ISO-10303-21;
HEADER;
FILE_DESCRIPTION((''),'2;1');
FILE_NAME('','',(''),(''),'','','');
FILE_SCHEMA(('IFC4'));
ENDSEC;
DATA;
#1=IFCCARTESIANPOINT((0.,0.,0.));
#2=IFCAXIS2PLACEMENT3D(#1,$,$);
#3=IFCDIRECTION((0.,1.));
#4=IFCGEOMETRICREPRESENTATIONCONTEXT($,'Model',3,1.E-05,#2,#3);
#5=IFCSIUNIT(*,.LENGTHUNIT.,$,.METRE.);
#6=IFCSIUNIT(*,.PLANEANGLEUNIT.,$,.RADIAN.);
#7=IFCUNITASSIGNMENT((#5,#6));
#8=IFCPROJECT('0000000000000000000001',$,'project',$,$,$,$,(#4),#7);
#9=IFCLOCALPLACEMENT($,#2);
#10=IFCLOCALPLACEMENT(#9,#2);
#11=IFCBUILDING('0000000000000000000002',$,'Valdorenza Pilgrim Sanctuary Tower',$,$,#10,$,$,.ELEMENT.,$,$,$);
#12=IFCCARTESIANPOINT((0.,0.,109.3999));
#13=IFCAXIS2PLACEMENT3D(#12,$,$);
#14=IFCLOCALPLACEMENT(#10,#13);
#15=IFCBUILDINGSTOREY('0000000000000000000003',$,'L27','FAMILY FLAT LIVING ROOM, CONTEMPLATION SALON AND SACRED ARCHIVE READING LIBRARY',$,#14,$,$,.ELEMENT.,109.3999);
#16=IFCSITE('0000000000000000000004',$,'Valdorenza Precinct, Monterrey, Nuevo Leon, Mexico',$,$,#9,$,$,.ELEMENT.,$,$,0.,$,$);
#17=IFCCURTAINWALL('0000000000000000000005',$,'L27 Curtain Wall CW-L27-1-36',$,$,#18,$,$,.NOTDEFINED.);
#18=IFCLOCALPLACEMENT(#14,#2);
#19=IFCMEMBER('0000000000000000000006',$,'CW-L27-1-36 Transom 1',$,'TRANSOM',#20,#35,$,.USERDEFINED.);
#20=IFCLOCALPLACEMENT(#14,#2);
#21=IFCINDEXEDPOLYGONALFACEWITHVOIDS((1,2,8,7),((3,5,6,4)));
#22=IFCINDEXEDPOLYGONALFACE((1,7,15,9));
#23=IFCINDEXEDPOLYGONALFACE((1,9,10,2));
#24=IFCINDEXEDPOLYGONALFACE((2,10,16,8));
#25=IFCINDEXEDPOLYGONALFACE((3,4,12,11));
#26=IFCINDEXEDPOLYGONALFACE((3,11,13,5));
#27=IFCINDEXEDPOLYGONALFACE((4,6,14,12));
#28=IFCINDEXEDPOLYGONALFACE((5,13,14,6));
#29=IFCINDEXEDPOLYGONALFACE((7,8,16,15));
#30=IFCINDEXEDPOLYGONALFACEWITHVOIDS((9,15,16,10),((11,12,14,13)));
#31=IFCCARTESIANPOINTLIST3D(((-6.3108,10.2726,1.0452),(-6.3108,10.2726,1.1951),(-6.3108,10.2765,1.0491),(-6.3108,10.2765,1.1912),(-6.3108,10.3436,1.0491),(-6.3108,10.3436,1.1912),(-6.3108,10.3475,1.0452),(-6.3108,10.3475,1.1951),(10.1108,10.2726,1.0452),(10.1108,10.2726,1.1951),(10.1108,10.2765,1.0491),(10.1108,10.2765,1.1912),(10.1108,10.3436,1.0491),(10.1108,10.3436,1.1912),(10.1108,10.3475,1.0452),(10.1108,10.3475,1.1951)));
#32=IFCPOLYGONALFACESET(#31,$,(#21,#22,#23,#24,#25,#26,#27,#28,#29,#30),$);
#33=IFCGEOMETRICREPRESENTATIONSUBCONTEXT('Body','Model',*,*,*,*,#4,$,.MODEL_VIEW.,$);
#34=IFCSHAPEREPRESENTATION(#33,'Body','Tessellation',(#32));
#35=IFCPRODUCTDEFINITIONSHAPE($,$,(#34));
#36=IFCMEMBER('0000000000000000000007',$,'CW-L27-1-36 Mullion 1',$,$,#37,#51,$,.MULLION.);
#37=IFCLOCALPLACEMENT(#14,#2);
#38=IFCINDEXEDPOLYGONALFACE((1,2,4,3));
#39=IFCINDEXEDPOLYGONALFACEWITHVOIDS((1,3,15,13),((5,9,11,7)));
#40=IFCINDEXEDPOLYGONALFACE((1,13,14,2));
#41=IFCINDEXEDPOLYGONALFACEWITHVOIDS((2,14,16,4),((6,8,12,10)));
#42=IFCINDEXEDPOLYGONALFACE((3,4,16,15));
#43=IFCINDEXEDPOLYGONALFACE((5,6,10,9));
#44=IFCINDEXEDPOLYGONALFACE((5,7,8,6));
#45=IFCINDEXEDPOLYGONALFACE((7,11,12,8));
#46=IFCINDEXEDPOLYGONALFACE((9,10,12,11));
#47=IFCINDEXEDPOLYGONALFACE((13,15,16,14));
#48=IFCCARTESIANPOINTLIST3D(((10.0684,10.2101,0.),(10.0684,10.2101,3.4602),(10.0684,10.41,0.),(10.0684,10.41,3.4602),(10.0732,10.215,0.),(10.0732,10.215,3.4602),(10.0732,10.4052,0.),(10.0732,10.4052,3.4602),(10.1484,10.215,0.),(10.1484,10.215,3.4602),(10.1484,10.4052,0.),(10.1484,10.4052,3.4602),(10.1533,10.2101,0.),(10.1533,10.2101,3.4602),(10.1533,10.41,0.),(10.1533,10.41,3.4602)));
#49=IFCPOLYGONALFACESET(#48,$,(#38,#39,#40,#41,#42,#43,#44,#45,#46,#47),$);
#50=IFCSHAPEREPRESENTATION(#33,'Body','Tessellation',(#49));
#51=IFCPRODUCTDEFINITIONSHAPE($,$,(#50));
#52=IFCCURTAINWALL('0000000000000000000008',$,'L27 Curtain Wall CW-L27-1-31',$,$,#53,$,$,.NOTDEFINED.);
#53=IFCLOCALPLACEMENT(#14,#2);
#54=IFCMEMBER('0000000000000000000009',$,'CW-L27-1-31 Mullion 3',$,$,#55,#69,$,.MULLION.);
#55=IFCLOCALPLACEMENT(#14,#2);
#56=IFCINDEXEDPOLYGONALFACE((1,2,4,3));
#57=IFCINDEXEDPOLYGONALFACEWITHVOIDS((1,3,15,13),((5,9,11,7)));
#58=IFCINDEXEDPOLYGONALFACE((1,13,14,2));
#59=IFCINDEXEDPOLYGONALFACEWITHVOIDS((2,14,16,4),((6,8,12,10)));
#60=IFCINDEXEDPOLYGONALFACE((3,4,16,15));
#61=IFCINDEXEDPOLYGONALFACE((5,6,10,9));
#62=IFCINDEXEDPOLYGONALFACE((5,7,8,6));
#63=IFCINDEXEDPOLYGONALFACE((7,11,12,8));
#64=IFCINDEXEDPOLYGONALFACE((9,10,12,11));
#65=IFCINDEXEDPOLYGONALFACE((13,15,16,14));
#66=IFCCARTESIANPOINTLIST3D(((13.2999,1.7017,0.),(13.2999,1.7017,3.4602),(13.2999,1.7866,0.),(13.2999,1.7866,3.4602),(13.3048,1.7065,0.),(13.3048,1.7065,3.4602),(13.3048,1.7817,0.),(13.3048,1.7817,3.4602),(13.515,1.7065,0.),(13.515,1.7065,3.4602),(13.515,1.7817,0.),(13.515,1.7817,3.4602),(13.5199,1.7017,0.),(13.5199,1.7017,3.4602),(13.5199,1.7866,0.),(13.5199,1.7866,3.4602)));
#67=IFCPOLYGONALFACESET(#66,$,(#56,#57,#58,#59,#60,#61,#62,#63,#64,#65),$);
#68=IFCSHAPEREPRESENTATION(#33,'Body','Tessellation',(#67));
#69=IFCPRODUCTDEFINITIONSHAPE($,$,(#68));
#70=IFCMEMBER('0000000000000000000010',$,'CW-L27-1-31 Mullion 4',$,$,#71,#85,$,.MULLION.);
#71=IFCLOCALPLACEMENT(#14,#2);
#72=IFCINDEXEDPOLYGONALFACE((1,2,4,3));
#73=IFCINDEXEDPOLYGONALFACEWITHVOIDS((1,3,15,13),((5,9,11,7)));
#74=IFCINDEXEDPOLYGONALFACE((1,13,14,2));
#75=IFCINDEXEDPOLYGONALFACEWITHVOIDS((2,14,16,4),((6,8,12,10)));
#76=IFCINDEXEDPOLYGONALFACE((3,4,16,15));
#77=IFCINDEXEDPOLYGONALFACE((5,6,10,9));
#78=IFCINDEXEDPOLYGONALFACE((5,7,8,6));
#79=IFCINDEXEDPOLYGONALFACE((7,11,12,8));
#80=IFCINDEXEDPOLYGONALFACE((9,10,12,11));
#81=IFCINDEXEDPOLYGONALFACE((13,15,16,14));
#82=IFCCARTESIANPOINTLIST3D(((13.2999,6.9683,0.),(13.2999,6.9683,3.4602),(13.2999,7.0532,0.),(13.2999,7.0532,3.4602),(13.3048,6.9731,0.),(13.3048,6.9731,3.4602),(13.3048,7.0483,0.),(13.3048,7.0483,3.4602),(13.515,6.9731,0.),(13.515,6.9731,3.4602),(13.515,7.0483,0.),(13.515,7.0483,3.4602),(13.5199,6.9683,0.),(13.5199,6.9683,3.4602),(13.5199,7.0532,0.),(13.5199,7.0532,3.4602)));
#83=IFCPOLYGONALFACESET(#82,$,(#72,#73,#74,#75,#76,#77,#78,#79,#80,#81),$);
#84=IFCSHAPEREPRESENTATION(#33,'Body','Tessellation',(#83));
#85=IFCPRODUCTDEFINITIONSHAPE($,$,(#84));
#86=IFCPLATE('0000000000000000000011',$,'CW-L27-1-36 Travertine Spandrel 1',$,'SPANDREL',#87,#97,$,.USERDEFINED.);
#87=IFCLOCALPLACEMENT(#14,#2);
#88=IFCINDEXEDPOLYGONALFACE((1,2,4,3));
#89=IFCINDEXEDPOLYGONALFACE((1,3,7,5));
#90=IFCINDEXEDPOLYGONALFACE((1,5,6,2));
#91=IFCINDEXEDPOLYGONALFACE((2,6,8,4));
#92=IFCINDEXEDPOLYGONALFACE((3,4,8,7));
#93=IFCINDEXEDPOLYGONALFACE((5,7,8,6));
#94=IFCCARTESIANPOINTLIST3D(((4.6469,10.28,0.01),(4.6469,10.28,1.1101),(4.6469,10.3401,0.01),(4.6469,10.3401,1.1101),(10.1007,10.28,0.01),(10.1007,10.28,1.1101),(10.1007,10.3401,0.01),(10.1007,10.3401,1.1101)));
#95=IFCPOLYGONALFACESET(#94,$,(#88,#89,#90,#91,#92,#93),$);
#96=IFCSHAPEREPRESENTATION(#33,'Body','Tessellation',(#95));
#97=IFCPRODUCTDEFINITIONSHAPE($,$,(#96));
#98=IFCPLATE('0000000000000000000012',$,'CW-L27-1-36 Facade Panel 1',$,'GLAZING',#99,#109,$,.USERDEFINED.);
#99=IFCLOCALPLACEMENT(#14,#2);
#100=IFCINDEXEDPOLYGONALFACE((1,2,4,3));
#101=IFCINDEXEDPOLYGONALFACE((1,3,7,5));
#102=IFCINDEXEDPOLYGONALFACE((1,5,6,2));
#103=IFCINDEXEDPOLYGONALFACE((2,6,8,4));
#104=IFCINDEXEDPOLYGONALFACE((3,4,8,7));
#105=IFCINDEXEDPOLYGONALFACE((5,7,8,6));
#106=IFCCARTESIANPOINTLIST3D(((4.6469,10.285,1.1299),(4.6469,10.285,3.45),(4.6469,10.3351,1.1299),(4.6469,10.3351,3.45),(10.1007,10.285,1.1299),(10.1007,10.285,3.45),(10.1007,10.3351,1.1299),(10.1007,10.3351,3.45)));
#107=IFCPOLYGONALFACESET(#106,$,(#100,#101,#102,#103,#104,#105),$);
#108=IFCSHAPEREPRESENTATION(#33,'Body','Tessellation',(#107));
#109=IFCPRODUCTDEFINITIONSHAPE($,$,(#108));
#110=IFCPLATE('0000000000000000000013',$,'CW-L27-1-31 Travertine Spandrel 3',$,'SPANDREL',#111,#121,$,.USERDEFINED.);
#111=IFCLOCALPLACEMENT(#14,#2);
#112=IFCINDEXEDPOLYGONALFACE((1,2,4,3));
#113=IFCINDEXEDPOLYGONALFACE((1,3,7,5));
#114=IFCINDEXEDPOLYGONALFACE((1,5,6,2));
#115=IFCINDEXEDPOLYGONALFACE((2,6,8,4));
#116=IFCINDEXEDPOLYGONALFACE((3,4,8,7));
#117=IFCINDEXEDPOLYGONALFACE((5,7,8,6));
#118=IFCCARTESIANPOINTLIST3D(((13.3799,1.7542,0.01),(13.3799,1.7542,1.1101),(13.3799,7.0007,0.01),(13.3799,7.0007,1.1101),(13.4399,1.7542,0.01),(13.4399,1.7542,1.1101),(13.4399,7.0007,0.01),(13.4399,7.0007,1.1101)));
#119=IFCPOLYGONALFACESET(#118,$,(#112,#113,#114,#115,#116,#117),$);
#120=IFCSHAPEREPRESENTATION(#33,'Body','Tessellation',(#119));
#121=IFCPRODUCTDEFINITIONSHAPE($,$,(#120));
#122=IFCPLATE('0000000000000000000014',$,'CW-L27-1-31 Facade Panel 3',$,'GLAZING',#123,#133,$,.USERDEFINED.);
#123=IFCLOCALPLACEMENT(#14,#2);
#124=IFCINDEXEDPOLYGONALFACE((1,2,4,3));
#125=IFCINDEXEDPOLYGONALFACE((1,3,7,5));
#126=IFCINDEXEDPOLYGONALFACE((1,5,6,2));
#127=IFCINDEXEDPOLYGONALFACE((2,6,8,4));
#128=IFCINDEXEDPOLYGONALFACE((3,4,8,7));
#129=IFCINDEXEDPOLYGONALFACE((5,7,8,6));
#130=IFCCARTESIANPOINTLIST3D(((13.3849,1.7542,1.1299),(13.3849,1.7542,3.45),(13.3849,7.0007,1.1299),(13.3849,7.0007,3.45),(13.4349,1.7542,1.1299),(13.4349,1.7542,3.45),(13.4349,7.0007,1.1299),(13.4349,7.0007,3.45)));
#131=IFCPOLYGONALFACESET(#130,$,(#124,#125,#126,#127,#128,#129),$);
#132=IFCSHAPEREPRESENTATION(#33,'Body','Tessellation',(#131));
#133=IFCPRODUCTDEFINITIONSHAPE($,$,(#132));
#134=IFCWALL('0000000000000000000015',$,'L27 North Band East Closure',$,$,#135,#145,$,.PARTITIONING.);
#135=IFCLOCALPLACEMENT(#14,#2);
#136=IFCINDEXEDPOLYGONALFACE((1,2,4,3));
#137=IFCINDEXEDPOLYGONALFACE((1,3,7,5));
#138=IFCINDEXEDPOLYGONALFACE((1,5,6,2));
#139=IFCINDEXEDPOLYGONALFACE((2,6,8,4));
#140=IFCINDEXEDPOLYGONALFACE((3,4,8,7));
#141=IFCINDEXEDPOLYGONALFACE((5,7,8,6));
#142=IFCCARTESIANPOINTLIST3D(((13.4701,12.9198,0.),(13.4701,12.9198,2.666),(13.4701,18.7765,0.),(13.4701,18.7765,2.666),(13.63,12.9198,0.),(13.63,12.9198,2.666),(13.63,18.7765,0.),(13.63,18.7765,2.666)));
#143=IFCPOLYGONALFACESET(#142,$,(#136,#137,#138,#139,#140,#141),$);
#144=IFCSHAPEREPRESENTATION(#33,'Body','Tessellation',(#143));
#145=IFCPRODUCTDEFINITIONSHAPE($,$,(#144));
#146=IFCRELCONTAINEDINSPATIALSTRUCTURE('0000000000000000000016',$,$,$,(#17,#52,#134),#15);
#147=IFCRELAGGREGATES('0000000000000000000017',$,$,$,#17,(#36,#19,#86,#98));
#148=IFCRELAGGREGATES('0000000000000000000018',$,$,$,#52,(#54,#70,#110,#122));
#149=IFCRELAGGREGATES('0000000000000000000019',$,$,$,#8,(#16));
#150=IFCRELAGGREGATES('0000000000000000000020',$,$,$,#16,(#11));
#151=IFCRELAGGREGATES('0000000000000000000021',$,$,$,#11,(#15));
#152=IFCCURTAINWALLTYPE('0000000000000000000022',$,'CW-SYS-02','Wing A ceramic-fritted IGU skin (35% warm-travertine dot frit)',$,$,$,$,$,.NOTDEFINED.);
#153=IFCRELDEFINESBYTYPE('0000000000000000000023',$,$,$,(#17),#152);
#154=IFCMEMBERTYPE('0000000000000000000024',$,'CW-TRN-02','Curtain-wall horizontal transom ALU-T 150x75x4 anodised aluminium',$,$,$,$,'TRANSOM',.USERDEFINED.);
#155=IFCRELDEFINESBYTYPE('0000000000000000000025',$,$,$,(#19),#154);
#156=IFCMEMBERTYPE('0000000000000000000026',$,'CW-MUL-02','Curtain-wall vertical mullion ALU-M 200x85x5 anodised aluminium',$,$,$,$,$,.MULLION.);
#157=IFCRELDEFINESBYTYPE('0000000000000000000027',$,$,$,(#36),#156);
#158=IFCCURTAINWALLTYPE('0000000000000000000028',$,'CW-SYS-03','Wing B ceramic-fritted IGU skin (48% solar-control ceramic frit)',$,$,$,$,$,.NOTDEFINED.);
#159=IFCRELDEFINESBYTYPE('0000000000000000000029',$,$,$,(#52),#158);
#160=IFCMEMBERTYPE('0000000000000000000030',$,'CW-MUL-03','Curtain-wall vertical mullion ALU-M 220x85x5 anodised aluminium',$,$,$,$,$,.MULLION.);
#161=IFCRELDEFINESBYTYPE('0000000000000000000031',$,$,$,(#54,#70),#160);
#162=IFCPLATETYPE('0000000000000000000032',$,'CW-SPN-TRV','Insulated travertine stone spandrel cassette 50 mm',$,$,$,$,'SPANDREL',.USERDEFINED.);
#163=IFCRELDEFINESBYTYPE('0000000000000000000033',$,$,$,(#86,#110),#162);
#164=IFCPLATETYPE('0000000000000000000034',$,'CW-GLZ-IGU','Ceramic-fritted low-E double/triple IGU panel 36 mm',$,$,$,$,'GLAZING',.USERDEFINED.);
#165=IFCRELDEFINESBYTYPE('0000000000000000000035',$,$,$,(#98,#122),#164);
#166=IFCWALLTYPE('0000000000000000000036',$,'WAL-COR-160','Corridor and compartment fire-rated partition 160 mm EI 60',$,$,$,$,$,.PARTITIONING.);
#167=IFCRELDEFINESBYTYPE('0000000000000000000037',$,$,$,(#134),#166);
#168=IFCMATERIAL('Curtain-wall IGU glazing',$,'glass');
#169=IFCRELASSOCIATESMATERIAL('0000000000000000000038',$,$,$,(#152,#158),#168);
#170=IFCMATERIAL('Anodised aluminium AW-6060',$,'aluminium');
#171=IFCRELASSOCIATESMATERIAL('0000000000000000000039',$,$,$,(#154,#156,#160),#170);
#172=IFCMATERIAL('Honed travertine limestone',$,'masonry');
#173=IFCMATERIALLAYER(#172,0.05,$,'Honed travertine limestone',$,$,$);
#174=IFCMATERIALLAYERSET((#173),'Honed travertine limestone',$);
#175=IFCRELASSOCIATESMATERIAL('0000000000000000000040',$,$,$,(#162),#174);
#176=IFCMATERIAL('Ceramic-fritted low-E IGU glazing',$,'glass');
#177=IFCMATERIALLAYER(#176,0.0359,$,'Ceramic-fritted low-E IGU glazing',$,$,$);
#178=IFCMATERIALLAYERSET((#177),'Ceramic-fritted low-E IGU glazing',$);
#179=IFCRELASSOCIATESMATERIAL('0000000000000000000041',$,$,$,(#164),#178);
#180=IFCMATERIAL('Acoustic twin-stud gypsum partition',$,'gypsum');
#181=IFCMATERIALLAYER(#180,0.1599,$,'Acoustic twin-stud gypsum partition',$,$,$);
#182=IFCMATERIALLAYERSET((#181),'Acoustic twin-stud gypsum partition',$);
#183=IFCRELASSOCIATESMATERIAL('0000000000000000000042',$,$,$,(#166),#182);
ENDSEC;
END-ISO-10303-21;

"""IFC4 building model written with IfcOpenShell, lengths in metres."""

from ifc_helpers import new_model, si_unit, direction, frame, frame_2d, origin, origin_2d, place, context, subcontext, project, spatial, rectangle, hollow_rectangle, extrude, source, transform, mapped, material, layer, layer_set, material_profile, profile_set, type_object, element, aggregate, save


model = new_model("IFC4")

# Units and contexts
model_context = context("Model", 3, precision=1e-05, world=origin(), true_north=direction((0.0, 1.0)))
body_context = subcontext(model_context, "Body", "Model", "MODEL_VIEW")
ifc_project = project(units=[si_unit("LENGTHUNIT", "METRE"), si_unit("PLANEANGLEUNIT", "RADIAN")], contexts=[model_context])

# Site, building, storey
site_placement = place(None, origin())
site = spatial("IfcSite", under=ifc_project, at=site_placement, Name="Valdorenza Precinct, Monterrey, Nuevo Leon, Mexico", CompositionType="ELEMENT", RefElevation=0.0)
building_placement = place(site_placement, origin())
building = spatial("IfcBuilding", under=site, at=building_placement, Name="Valdorenza Pilgrim Sanctuary Tower", CompositionType="ELEMENT")
storey_placement = place(building_placement, frame((0.0, 0.0, 109.3999)))
storey = spatial("IfcBuildingStorey", under=building, at=storey_placement, Name="L27", Description="FAMILY FLAT LIVING ROOM, CONTEMPLATION SALON AND SACRED ARCHIVE READING LIBRARY", CompositionType="ELEMENT", Elevation=109.3999)

# Curtain walls, members
ifc_material_1 = material(Name="Curtain-wall IGU glazing", Category="glass")
curtain_wall_type_1 = type_object("IfcCurtainWallType", Name="CW-SYS-02", Description="Wing A ceramic-fritted IGU skin (35% warm-travertine dot frit)", PredefinedType="NOTDEFINED", material=ifc_material_1)
curtain_wall_1_placement = place(storey_placement, origin())
curtain_wall_1 = element("IfcCurtainWall", 1, at=curtain_wall_1_placement, inside=storey, type_object=curtain_wall_type_1, Name="L27 Curtain Wall CW-L27-1-36", PredefinedType="NOTDEFINED")
ifc_material_2 = material(Name="Anodised aluminium AW-6060", Category="aluminium")
ifc_material_profile_1 = material_profile(ifc_material_2, hollow_rectangle(XDim=0.075, YDim=0.1499, WallThickness=0.0039, at=origin_2d()), Name="ALU-T 150x75x4")
ifc_profile_set_1 = profile_set([ifc_material_profile_1], Name="Anodised aluminium AW-6060")
member_type_1 = type_object("IfcMemberType", Name="CW-TRN-02", Description="Curtain-wall horizontal transom ALU-T 150x75x4 anodised aluminium", ElementType="TRANSOM", PredefinedType="USERDEFINED", material=ifc_profile_set_1)
shared_shape_1 = source(origin(), body_context, "Body", "SweptSolid", [
    extrude(hollow_rectangle(XDim=0.075, YDim=0.1499, WallThickness=0.0039, at=origin_2d()), origin(), (0.0, 0.0, 1.0), 16.4216),
])
member_1_placement = place(storey_placement, frame((10.1108, 10.3101, 1.1201), z_axis=(-1.0, 0.0, 0.0), x_axis=(0.0, -1.0, 0.0)))
member_1 = element("IfcMember", 2, at=member_1_placement, type_object=member_type_1, Name="CW-L27-1-36 Transom 1", ObjectType="TRANSOM", PredefinedType="USERDEFINED", context=body_context, shape_type="MappedRepresentation", body=[
    mapped(shared_shape_1, transform((0.0, 0.0, 0.0), x_axis=(1.0, 0.0, 0.0), y_axis=(0.0, 1.0, 0.0), z_axis=(0.0, 0.0, 1.0), scale=1.0)),
])
ifc_material_profile_2 = material_profile(ifc_material_2, hollow_rectangle(XDim=0.085, YDim=0.2, WallThickness=0.0049, at=origin_2d()), Name="ALU-M 200x85x5")
ifc_profile_set_2 = profile_set([ifc_material_profile_2], Name="Anodised aluminium AW-6060")
member_type_2 = type_object("IfcMemberType", Name="CW-MUL-02", Description="Curtain-wall vertical mullion ALU-M 200x85x5 anodised aluminium", PredefinedType="MULLION", material=ifc_profile_set_2)
shared_shape_2 = source(origin(), body_context, "Body", "SweptSolid", [
    extrude(hollow_rectangle(XDim=0.085, YDim=0.2, WallThickness=0.0049, at=origin_2d()), origin(), (0.0, 0.0, 1.0), 3.4602),
])
member_2_placement = place(storey_placement, frame((10.1108, 10.3101, 0.0), z_axis=(0.0, 0.0, 1.0), x_axis=(-1.0, 0.0, 0.0)))
member_2 = element("IfcMember", 3, at=member_2_placement, type_object=member_type_2, Name="CW-L27-1-36 Mullion 1", PredefinedType="MULLION", context=body_context, shape_type="MappedRepresentation", body=[
    mapped(shared_shape_2, transform((0.0, 0.0, 0.0), x_axis=(1.0, 0.0, 0.0), y_axis=(0.0, 1.0, 0.0), z_axis=(0.0, 0.0, 1.0), scale=1.0)),
])
curtain_wall_type_2 = type_object("IfcCurtainWallType", Name="CW-SYS-03", Description="Wing B ceramic-fritted IGU skin (48% solar-control ceramic frit)", PredefinedType="NOTDEFINED", material=ifc_material_1)
curtain_wall_2_placement = place(storey_placement, origin())
curtain_wall_2 = element("IfcCurtainWall", 4, at=curtain_wall_2_placement, inside=storey, type_object=curtain_wall_type_2, Name="L27 Curtain Wall CW-L27-1-31", PredefinedType="NOTDEFINED")
ifc_material_profile_3 = material_profile(ifc_material_2, hollow_rectangle(XDim=0.085, YDim=0.22, WallThickness=0.0049, at=origin_2d()), Name="ALU-M 220x85x5")
ifc_profile_set_3 = profile_set([ifc_material_profile_3], Name="Anodised aluminium AW-6060")
member_type_3 = type_object("IfcMemberType", Name="CW-MUL-03", Description="Curtain-wall vertical mullion ALU-M 220x85x5 anodised aluminium", PredefinedType="MULLION", material=ifc_profile_set_3)
shared_shape_3 = source(origin(), body_context, "Body", "SweptSolid", [
    extrude(hollow_rectangle(XDim=0.085, YDim=0.22, WallThickness=0.0049, at=origin_2d()), origin(), (0.0, 0.0, 1.0), 3.4602),
])
member_3_placement = place(storey_placement, frame((13.4099, 1.7441, 0.0), z_axis=(0.0, 0.0, 1.0), x_axis=(0.0, 1.0, 0.0)))
member_3 = element("IfcMember", 5, at=member_3_placement, type_object=member_type_3, Name="CW-L27-1-31 Mullion 3", PredefinedType="MULLION", context=body_context, shape_type="MappedRepresentation", body=[
    mapped(shared_shape_3, transform((0.0, 0.0, 0.0), x_axis=(1.0, 0.0, 0.0), y_axis=(0.0, 1.0, 0.0), z_axis=(0.0, 0.0, 1.0), scale=1.0)),
])
member_4_placement = place(storey_placement, frame((13.4099, 7.0107, 0.0), z_axis=(0.0, 0.0, 1.0), x_axis=(0.0, 1.0, 0.0)))
member_4 = element("IfcMember", 6, at=member_4_placement, type_object=member_type_3, Name="CW-L27-1-31 Mullion 4", PredefinedType="MULLION", context=body_context, shape_type="MappedRepresentation", body=[
    mapped(shared_shape_3, transform((0.0, 0.0, 0.0), x_axis=(1.0, 0.0, 0.0), y_axis=(0.0, 1.0, 0.0), z_axis=(0.0, 0.0, 1.0), scale=1.0)),
])

# Plates
ifc_material_3 = material(Name="Honed travertine limestone", Category="masonry")
ifc_layer_1 = layer(ifc_material_3, 0.05, Name="Honed travertine limestone")
ifc_layer_set_1 = layer_set([ifc_layer_1], Name="Honed travertine limestone")
plate_type_1 = type_object("IfcPlateType", Name="CW-SPN-TRV", Description="Insulated travertine stone spandrel cassette 50 mm", ElementType="SPANDREL", PredefinedType="USERDEFINED", material=ifc_layer_set_1)
shared_shape_4 = source(origin(), body_context, "Body", "SweptSolid", [
    extrude(rectangle(XDim=5.4539, YDim=0.0601, at=origin_2d()), origin(), (0.0, 0.0, 1.0), 1.1001),
])
plate_1_placement = place(storey_placement, frame((7.3738, 10.3101, 0.01), z_axis=(0.0, 0.0, 1.0), x_axis=(-1.0, 0.0, 0.0)))
plate_1 = element("IfcPlate", 7, at=plate_1_placement, type_object=plate_type_1, Name="CW-L27-1-36 Travertine Spandrel 1", ObjectType="SPANDREL", PredefinedType="USERDEFINED", context=body_context, shape_type="MappedRepresentation", body=[
    mapped(shared_shape_4, transform((0.0, 0.0, 0.0), x_axis=(1.0, 0.0, 0.0), y_axis=(0.0, 1.0, 0.0), z_axis=(0.0, 0.0, 1.0), scale=1.0)),
])
ifc_material_4 = material(Name="Ceramic-fritted low-E IGU glazing", Category="glass")
ifc_layer_2 = layer(ifc_material_4, 0.0359, Name="Ceramic-fritted low-E IGU glazing")
ifc_layer_set_2 = layer_set([ifc_layer_2], Name="Ceramic-fritted low-E IGU glazing")
plate_type_2 = type_object("IfcPlateType", Name="CW-GLZ-IGU", Description="Ceramic-fritted low-E double/triple IGU panel 36 mm", ElementType="GLAZING", PredefinedType="USERDEFINED", material=ifc_layer_set_2)
shared_shape_5 = source(origin(), body_context, "Body", "SweptSolid", [
    extrude(rectangle(XDim=5.4539, YDim=0.05, at=origin_2d()), origin(), (0.0, 0.0, 1.0), 2.3201),
])
plate_2_placement = place(storey_placement, frame((7.3738, 10.3101, 1.1299), z_axis=(0.0, 0.0, 1.0), x_axis=(-1.0, 0.0, 0.0)))
plate_2 = element("IfcPlate", 8, at=plate_2_placement, type_object=plate_type_2, Name="CW-L27-1-36 Facade Panel 1", ObjectType="GLAZING", PredefinedType="USERDEFINED", context=body_context, shape_type="MappedRepresentation", body=[
    mapped(shared_shape_5, transform((0.0, 0.0, 0.0), x_axis=(1.0, 0.0, 0.0), y_axis=(0.0, 1.0, 0.0), z_axis=(0.0, 0.0, 1.0), scale=1.0)),
])
aggregate(curtain_wall_1, [member_2, member_1, plate_1, plate_2])
shared_shape_6 = source(origin(), body_context, "Body", "SweptSolid", [
    extrude(rectangle(XDim=5.2466, YDim=0.0601, at=origin_2d()), origin(), (0.0, 0.0, 1.0), 1.1001),
])
plate_3_placement = place(storey_placement, frame((13.4099, 4.3774, 0.01), z_axis=(0.0, 0.0, 1.0), x_axis=(0.0, 1.0, 0.0)))
plate_3 = element("IfcPlate", 9, at=plate_3_placement, type_object=plate_type_1, Name="CW-L27-1-31 Travertine Spandrel 3", ObjectType="SPANDREL", PredefinedType="USERDEFINED", context=body_context, shape_type="MappedRepresentation", body=[
    mapped(shared_shape_6, transform((0.0, 0.0, 0.0), x_axis=(1.0, 0.0, 0.0), y_axis=(0.0, 1.0, 0.0), z_axis=(0.0, 0.0, 1.0), scale=1.0)),
])
shared_shape_7 = source(origin(), body_context, "Body", "SweptSolid", [
    extrude(rectangle(XDim=5.2466, YDim=0.05, at=origin_2d()), origin(), (0.0, 0.0, 1.0), 2.3201),
])
plate_4_placement = place(storey_placement, frame((13.4099, 4.3774, 1.1299), z_axis=(0.0, 0.0, 1.0), x_axis=(0.0, 1.0, 0.0)))
plate_4 = element("IfcPlate", 10, at=plate_4_placement, type_object=plate_type_2, Name="CW-L27-1-31 Facade Panel 3", ObjectType="GLAZING", PredefinedType="USERDEFINED", context=body_context, shape_type="MappedRepresentation", body=[
    mapped(shared_shape_7, transform((0.0, 0.0, 0.0), x_axis=(1.0, 0.0, 0.0), y_axis=(0.0, 1.0, 0.0), z_axis=(0.0, 0.0, 1.0), scale=1.0)),
])
aggregate(curtain_wall_2, [member_3, member_4, plate_3, plate_4])

# Wall
ifc_material_5 = material(Name="Acoustic twin-stud gypsum partition", Category="gypsum")
ifc_layer_3 = layer(ifc_material_5, 0.1599, Name="Acoustic twin-stud gypsum partition")
ifc_layer_set_3 = layer_set([ifc_layer_3], Name="Acoustic twin-stud gypsum partition")
wall_type_1 = type_object("IfcWallType", Name="WAL-COR-160", Description="Corridor and compartment fire-rated partition 160 mm EI 60", PredefinedType="PARTITIONING", material=ifc_layer_set_3)
wall_1_placement = place(storey_placement, frame((13.55, 12.9199, 0.0), z_axis=(0.0, 0.0, 1.0), x_axis=(0.0, 1.0, 0.0)))
element("IfcWall", 11, at=wall_1_placement, inside=storey, type_object=wall_type_1, Name="L27 North Band East Closure", PredefinedType="PARTITIONING", context=body_context, shape_type="SweptSolid", body=[
    extrude(rectangle(XDim=5.8567, YDim=0.1599, at=frame_2d((2.9282, 0.0))), origin(), (0.0, 0.0, 1.0), 2.666),
])

save(model, "model.ifc")
